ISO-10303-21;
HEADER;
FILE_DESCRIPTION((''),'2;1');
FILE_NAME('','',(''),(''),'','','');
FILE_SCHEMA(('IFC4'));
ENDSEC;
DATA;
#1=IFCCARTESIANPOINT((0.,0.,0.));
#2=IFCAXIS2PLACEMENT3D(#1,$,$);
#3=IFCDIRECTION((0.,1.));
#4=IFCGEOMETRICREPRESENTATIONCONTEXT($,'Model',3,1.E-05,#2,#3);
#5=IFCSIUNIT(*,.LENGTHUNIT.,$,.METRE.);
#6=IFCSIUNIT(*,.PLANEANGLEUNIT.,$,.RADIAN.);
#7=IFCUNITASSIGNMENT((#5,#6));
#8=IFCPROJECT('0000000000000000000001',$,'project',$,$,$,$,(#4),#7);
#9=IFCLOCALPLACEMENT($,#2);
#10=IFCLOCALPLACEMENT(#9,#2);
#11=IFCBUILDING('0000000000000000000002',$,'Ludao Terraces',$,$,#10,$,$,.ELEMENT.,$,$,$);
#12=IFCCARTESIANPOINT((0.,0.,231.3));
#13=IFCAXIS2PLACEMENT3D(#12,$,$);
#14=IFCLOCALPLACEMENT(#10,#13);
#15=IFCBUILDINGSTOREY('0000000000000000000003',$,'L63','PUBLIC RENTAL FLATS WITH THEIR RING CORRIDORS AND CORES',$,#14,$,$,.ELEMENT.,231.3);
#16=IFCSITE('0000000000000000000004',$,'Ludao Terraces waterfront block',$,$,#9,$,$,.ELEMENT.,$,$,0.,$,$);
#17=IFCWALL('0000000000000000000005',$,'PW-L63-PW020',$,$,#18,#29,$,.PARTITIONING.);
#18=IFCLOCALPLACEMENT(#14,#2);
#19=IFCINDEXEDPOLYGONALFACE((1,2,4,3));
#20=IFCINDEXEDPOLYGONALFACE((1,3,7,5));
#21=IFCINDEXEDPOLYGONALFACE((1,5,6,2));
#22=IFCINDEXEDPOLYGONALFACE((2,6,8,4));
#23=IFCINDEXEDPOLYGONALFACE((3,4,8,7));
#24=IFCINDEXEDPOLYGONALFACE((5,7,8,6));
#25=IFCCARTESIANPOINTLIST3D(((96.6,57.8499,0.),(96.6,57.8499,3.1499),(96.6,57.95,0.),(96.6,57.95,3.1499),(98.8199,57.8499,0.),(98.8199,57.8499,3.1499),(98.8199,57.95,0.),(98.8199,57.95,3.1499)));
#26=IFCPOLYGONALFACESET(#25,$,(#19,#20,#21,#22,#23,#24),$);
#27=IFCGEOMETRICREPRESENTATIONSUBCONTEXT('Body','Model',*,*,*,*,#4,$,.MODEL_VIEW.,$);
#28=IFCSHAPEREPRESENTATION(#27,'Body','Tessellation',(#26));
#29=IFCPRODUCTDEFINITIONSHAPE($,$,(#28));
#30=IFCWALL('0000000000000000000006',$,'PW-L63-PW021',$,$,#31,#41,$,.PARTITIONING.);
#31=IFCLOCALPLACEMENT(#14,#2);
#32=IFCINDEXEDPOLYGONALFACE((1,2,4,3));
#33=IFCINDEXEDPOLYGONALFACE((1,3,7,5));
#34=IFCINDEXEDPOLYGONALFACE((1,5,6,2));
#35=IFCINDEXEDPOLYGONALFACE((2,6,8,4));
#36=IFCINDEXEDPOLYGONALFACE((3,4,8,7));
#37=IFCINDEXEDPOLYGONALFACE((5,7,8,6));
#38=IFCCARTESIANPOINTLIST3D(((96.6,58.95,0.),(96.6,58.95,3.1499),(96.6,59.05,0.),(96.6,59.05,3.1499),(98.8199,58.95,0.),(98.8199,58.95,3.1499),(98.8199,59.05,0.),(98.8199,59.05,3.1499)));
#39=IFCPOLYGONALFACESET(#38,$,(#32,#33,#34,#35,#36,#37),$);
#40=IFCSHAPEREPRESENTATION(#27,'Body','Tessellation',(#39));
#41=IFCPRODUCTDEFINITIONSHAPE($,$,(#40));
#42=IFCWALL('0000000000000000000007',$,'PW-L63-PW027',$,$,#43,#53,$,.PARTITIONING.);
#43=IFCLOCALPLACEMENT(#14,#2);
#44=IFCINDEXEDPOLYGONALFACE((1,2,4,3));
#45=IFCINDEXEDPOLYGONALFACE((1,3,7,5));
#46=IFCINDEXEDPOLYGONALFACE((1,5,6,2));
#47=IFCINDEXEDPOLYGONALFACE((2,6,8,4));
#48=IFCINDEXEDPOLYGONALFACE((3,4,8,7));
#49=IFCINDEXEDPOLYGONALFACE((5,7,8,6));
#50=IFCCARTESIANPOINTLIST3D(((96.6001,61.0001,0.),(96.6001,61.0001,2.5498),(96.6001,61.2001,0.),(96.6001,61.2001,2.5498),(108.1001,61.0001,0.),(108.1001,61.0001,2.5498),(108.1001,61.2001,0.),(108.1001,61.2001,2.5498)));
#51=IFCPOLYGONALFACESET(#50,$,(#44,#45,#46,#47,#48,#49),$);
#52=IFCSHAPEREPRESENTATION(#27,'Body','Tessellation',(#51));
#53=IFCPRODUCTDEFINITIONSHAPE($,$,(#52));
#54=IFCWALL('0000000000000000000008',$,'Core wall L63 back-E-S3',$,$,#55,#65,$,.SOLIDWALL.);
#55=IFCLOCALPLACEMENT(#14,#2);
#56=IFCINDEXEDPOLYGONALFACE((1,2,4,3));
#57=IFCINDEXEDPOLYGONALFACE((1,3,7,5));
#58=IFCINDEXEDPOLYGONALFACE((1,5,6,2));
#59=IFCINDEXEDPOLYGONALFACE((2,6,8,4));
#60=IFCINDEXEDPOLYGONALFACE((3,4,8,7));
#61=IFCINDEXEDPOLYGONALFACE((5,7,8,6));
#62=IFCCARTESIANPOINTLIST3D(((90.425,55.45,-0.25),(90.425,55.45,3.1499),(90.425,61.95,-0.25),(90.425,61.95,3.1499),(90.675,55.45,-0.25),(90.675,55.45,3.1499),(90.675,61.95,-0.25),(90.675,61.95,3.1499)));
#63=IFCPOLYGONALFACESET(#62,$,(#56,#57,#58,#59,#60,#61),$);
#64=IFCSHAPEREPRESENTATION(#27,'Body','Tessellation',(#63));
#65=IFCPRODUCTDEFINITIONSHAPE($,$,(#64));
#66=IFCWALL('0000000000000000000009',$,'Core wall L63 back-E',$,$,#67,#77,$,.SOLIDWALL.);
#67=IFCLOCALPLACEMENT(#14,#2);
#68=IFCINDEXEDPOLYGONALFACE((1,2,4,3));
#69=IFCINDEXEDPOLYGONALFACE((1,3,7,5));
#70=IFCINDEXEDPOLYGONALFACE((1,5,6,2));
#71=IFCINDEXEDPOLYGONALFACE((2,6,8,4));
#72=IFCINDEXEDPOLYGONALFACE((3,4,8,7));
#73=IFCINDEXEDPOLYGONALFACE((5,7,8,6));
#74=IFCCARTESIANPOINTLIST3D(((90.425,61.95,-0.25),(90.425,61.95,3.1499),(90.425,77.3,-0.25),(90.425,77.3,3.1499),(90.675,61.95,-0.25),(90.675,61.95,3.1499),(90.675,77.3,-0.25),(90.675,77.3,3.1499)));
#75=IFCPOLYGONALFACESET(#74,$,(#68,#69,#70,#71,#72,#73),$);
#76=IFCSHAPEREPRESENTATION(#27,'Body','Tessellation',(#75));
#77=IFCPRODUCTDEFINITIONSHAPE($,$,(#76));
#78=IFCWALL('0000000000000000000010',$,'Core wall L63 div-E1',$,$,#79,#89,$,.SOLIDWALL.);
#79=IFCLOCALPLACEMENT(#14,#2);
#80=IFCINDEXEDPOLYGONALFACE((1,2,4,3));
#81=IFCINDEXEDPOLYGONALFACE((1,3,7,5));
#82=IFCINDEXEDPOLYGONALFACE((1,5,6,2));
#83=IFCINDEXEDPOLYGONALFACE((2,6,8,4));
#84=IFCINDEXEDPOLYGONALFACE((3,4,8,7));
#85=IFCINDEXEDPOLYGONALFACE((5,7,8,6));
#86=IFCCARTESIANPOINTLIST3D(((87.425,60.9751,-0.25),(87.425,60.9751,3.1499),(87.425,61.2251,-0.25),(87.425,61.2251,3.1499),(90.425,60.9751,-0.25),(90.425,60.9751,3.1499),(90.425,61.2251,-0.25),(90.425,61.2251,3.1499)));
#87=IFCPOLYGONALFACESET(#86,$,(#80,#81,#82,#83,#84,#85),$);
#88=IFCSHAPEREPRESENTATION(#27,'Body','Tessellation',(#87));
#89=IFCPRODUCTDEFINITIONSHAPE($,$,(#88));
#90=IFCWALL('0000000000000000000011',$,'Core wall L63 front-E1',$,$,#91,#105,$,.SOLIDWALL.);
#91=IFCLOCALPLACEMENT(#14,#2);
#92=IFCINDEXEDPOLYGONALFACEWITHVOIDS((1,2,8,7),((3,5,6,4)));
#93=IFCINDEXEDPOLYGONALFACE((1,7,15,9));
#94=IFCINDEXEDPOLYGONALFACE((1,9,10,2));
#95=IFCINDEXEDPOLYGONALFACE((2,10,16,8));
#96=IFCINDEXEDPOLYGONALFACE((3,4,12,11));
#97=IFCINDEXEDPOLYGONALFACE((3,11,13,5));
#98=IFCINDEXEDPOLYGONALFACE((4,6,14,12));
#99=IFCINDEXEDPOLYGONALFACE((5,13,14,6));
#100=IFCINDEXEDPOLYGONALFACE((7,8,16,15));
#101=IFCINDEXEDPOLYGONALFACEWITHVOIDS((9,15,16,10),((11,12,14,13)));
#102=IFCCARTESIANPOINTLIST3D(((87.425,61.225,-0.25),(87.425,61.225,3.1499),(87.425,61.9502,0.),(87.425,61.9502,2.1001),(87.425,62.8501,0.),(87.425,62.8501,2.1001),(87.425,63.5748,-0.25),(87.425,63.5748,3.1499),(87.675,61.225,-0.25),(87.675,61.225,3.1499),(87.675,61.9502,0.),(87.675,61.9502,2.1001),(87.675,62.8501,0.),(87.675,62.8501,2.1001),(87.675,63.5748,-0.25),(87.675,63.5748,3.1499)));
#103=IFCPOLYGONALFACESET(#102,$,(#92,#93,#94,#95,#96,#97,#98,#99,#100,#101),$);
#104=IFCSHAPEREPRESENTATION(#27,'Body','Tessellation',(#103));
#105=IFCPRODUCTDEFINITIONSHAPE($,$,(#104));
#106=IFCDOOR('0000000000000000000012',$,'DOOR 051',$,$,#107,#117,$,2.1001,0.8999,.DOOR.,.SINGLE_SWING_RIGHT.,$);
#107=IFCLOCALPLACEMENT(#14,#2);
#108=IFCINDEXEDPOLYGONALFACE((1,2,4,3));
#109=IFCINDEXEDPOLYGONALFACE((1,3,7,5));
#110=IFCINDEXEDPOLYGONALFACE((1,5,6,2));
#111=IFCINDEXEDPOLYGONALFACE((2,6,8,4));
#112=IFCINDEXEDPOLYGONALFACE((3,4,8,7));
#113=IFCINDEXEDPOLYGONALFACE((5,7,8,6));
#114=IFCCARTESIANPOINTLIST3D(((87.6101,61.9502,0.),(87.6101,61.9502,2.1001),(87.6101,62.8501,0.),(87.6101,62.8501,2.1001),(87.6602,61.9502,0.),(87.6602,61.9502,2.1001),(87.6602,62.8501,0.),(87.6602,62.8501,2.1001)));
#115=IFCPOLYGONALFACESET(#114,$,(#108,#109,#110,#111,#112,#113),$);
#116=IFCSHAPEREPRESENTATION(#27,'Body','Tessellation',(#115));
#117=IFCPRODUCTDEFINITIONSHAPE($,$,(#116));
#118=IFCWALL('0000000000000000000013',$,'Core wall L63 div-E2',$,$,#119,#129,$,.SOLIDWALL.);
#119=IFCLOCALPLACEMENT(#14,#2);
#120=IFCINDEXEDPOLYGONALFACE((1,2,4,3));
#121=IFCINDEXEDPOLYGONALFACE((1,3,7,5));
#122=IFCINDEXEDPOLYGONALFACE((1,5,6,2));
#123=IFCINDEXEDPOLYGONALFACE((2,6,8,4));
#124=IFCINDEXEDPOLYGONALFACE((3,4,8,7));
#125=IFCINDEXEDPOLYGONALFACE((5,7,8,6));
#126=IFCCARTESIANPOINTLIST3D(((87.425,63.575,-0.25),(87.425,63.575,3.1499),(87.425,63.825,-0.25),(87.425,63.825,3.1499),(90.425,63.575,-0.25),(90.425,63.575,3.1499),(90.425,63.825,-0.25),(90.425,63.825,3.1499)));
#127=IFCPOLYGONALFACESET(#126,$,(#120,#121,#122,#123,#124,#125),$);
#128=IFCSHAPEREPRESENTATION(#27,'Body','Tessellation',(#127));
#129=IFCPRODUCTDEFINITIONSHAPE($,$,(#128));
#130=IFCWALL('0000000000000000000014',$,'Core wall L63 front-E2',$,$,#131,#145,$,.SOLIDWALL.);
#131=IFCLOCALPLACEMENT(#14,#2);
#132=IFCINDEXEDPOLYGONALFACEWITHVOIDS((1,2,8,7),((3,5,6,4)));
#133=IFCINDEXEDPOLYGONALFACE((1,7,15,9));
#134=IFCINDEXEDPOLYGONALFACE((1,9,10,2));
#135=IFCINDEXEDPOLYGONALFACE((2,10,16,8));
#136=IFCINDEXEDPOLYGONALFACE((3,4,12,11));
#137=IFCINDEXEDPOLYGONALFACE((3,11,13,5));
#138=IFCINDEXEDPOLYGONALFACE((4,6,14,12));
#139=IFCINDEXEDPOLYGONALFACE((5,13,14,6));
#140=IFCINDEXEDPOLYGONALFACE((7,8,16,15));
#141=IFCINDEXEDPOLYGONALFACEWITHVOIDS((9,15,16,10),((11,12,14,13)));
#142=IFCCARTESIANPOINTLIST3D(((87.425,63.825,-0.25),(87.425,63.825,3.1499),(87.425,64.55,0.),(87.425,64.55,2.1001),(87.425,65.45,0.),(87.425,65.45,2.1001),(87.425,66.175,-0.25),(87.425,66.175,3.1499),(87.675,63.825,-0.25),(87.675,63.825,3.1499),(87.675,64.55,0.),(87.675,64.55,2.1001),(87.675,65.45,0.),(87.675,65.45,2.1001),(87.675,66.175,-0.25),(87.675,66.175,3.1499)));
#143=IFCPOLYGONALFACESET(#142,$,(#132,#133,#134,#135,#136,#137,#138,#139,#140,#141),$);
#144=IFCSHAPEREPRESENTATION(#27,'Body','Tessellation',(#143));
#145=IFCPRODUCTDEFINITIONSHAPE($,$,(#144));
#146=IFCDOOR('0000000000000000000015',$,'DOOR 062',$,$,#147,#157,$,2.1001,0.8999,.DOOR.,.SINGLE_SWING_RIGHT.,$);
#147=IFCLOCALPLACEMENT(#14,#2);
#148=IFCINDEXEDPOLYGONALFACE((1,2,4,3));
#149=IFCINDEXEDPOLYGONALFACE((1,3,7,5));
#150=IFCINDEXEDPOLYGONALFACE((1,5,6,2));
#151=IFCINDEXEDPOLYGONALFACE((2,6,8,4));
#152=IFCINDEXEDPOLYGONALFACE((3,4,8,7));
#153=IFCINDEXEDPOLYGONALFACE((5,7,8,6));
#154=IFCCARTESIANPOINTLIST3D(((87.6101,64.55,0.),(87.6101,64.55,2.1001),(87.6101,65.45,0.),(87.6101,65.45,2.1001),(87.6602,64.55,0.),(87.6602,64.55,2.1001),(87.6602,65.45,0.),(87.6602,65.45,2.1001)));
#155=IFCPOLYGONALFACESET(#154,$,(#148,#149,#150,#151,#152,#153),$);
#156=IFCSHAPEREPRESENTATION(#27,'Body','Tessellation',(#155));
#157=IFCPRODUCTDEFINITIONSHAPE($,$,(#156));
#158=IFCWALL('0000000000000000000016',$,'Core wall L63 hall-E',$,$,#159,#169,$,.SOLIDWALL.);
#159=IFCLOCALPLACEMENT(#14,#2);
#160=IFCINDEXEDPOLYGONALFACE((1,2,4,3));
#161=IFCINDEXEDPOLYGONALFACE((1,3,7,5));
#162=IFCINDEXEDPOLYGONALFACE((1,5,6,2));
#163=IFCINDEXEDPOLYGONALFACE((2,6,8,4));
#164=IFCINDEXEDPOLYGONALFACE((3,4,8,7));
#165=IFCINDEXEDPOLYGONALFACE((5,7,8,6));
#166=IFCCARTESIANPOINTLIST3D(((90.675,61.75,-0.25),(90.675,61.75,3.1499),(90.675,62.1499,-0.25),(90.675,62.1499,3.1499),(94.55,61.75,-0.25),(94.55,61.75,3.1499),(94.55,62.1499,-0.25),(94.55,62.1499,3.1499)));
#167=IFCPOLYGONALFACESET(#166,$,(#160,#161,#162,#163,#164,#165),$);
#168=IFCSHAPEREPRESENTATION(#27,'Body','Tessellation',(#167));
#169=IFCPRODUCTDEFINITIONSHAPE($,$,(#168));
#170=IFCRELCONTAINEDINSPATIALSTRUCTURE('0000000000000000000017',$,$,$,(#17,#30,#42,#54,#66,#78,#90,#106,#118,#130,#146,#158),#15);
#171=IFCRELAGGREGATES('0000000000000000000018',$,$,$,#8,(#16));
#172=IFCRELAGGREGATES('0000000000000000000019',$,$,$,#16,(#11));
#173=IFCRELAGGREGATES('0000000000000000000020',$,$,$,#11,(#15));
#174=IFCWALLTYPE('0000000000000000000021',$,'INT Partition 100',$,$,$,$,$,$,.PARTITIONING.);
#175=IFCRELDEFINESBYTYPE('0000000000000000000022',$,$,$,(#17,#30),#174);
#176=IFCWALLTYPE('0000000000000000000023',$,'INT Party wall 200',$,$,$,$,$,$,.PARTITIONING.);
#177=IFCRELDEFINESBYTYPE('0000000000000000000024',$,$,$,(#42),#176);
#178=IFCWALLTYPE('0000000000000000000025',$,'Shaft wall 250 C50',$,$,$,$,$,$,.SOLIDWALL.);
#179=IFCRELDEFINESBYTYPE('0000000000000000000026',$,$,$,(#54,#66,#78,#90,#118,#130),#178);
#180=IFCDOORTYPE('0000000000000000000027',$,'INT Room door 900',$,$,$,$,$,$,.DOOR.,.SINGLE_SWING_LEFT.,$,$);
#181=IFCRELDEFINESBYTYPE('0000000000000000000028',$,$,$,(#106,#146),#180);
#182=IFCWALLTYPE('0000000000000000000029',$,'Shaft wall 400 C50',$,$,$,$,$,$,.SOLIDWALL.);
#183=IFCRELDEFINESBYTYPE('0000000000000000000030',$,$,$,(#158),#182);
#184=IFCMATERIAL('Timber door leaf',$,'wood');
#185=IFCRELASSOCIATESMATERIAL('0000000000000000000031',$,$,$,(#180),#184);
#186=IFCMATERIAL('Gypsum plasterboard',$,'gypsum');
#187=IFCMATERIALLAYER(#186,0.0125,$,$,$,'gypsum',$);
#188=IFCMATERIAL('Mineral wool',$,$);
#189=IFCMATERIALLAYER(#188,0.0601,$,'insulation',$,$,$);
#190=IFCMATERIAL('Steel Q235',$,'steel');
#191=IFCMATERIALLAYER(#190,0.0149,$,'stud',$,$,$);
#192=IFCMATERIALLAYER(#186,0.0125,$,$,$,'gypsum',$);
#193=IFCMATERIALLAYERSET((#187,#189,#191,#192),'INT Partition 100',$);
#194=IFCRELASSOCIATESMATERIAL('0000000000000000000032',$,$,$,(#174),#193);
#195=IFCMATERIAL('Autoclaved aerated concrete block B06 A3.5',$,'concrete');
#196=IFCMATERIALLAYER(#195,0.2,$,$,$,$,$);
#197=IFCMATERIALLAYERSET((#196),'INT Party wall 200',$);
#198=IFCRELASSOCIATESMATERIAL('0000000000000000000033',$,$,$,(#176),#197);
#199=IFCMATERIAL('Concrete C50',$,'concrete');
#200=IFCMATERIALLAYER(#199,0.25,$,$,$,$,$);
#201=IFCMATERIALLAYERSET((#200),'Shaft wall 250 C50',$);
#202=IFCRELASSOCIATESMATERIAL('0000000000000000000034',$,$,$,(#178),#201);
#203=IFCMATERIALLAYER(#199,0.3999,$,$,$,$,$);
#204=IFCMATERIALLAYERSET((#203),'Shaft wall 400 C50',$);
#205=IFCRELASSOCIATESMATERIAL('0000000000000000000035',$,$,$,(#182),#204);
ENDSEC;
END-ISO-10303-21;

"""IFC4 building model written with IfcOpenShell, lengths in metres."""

from ifc_helpers import new_model, si_unit, direction, frame, frame_2d, origin, place, context, subcontext, project, spatial, rectangle, extrude, material, layer, layer_set, type_object, element, fill, save


model = new_model("IFC4")

# Units and contexts
model_context = context("Model", 3, precision=1e-05, world=origin(), true_north=direction((0.0, 1.0)))
body_context = subcontext(model_context, "Body", "Model", "MODEL_VIEW")
ifc_project = project(units=[si_unit("LENGTHUNIT", "METRE"), si_unit("PLANEANGLEUNIT", "RADIAN")], contexts=[model_context])

# Site, building, storey
site_placement = place(None, origin())
site = spatial("IfcSite", under=ifc_project, at=site_placement, Name="Ludao Terraces waterfront block", CompositionType="ELEMENT", RefElevation=0.0)
building_placement = place(site_placement, origin())
building = spatial("IfcBuilding", under=site, at=building_placement, Name="Ludao Terraces", CompositionType="ELEMENT")
storey_placement = place(building_placement, frame((0.0, 0.0, 231.3)))
storey = spatial("IfcBuildingStorey", under=building, at=storey_placement, Name="L63", Description="PUBLIC RENTAL FLATS WITH THEIR RING CORRIDORS AND CORES", CompositionType="ELEMENT", Elevation=231.3)

# Shared definitions
ifc_material_1 = material(Name="Concrete C50", Category="concrete")
ifc_material_2 = material(Name="Steel Q235", Category="steel")
ifc_material_3 = material(Name="Timber door leaf", Category="wood")
door_type_1 = type_object("IfcDoorType", Name="INT Room door 900", OperationType="SINGLE_SWING_LEFT", PredefinedType="DOOR", material=ifc_material_3)

# Shared definitions
ifc_material_4 = material(Name="Mineral wool")

# Walls
ifc_material_5 = material(Name="Gypsum plasterboard", Category="gypsum")
ifc_layer_1 = layer(ifc_material_5, 0.0125, Category="gypsum")
ifc_layer_2 = layer(ifc_material_4, 0.0601, Name="insulation")
ifc_layer_3 = layer(ifc_material_2, 0.0149, Name="stud")
ifc_layer_4 = layer(ifc_material_5, 0.0125, Category="gypsum")
ifc_layer_set_1 = layer_set([ifc_layer_1, ifc_layer_2, ifc_layer_3, ifc_layer_4], Name="INT Partition 100")
wall_type_1 = type_object("IfcWallType", Name="INT Partition 100", PredefinedType="PARTITIONING", material=ifc_layer_set_1)
for number, where, z_axis, x_axis, name in (
    (1, (96.6001, 57.8999, 0.0), (0.0, 0.0, 1.0), (1.0, 0.0, 0.0), "PW-L63-PW020"),
    (2, (96.6001, 59.0, 0.0), (0.0, 0.0, 1.0), (1.0, 0.0, 0.0), "PW-L63-PW021"),
):
    element("IfcWall", number, at=place(storey_placement, frame(where, z_axis=z_axis, x_axis=x_axis)), inside=storey, type_object=wall_type_1, Name=name, PredefinedType="PARTITIONING", context=body_context, shape_type="SweptSolid", body=[
        extrude(rectangle(XDim=2.22, YDim=0.1001, at=frame_2d((1.1099, 0.0))), origin(), (0.0, 0.0, 1.0), 3.1499),
    ])
ifc_material_6 = material(Name="Autoclaved aerated concrete block B06 A3.5", Category="concrete")
ifc_layer_5 = layer(ifc_material_6, 0.2)
ifc_layer_set_2 = layer_set([ifc_layer_5], Name="INT Party wall 200")
wall_type_2 = type_object("IfcWallType", Name="INT Party wall 200", PredefinedType="PARTITIONING", material=ifc_layer_set_2)
wall_1_placement = place(storey_placement, frame((96.6001, 61.1001, 0.0), z_axis=(0.0, 0.0, 1.0), x_axis=(1.0, 0.0, 0.0)))
element("IfcWall", 3, at=wall_1_placement, inside=storey, type_object=wall_type_2, Name="PW-L63-PW027", PredefinedType="PARTITIONING", context=body_context, shape_type="SweptSolid", body=[
    extrude(rectangle(XDim=11.5, YDim=0.2, at=frame_2d((5.75, 0.0))), origin(), (0.0, 0.0, 1.0), 2.5498),
])
ifc_layer_6 = layer(ifc_material_1, 0.25)
ifc_layer_set_3 = layer_set([ifc_layer_6], Name="Shaft wall 250 C50")
wall_type_3 = type_object("IfcWallType", Name="Shaft wall 250 C50", PredefinedType="SOLIDWALL", material=ifc_layer_set_3)
wall_2_placement = place(storey_placement, frame((90.55, 55.45, -0.25), z_axis=(0.0, 0.0, 1.0), x_axis=(0.0, 1.0, 0.0)))
element("IfcWall", 4, at=wall_2_placement, inside=storey, type_object=wall_type_3, Name="Core wall L63 back-E-S3", PredefinedType="SOLIDWALL", context=body_context, shape_type="SweptSolid", body=[
    extrude(rectangle(XDim=6.5, YDim=0.25, at=frame_2d((3.25, 0.0))), origin(), (0.0, 0.0, 1.0), 3.3999),
])
wall_3_placement = place(storey_placement, frame((90.55, 61.95, -0.25), z_axis=(0.0, 0.0, 1.0), x_axis=(0.0, 1.0, 0.0)))
element("IfcWall", 5, at=wall_3_placement, inside=storey, type_object=wall_type_3, Name="Core wall L63 back-E", PredefinedType="SOLIDWALL", context=body_context, shape_type="SweptSolid", body=[
    extrude(rectangle(XDim=15.3501, YDim=0.25, at=frame_2d((7.675, 0.0))), origin(), (0.0, 0.0, 1.0), 3.3999),
])
wall_4_placement = place(storey_placement, frame((87.425, 61.1001, -0.25), z_axis=(0.0, 0.0, 1.0), x_axis=(1.0, 0.0, 0.0)))
element("IfcWall", 6, at=wall_4_placement, inside=storey, type_object=wall_type_3, Name="Core wall L63 div-E1", PredefinedType="SOLIDWALL", context=body_context, shape_type="SweptSolid", body=[
    extrude(rectangle(XDim=3.0, YDim=0.25, at=frame_2d((1.5, 0.0))), origin(), (0.0, 0.0, 1.0), 3.3999),
])

# Wall, opening, door
wall_5_placement = place(storey_placement, frame((87.55, 61.2251, -0.25), z_axis=(0.0, 0.0, 1.0), x_axis=(0.0, 1.0, 0.0)))
wall_5 = element("IfcWall", 7, at=wall_5_placement, inside=storey, type_object=wall_type_3, Name="Core wall L63 front-E1", PredefinedType="SOLIDWALL", context=body_context, shape_type="SweptSolid", body=[
    extrude(rectangle(XDim=2.3499, YDim=0.25, at=frame_2d((1.1748, 0.0))), origin(), (0.0, 0.0, 1.0), 3.3999),
])
opening_1_placement = place(wall_5_placement, frame((0.7251, 0.0, 0.25)))
opening_1 = element("IfcOpeningElement", 8, at=opening_1_placement, cuts=wall_5, PredefinedType="OPENING", context=body_context, shape_type="SweptSolid", body=[
    extrude(rectangle(XDim=0.8999, YDim=2.1001, at=frame_2d((0.45, 1.05))), frame((0.0, 0.135, 0.0), z_axis=(0.0, -1.0, 0.0), x_axis=(1.0, 0.0, 0.0)), (0.0, 0.0, 1.0), 0.27),
])
door_1_placement = place(opening_1_placement, origin())
door_1 = element("IfcDoor", 9, at=door_1_placement, inside=storey, type_object=door_type_1, Name="DOOR 051", OperationType="SINGLE_SWING_RIGHT", OverallHeight=2.1001, OverallWidth=0.8999, PredefinedType="DOOR", context=body_context, shape_type="SweptSolid", body=[
    extrude(rectangle(XDim=0.8999, YDim=2.1001, at=frame_2d((0.45, 1.05))), frame((0.0, -0.0601, 0.0), z_axis=(0.0, -1.0, 0.0), x_axis=(1.0, 0.0, 0.0)), (0.0, 0.0, 1.0), 0.05),
])
fill(opening_1, door_1)

# Wall
wall_6_placement = place(storey_placement, frame((87.425, 63.7, -0.25), z_axis=(0.0, 0.0, 1.0), x_axis=(1.0, 0.0, 0.0)))
element("IfcWall", 10, at=wall_6_placement, inside=storey, type_object=wall_type_3, Name="Core wall L63 div-E2", PredefinedType="SOLIDWALL", context=body_context, shape_type="SweptSolid", body=[
    extrude(rectangle(XDim=3.0, YDim=0.25, at=frame_2d((1.5, 0.0))), origin(), (0.0, 0.0, 1.0), 3.3999),
])

# Wall, opening, door
wall_7_placement = place(storey_placement, frame((87.55, 63.825, -0.25), z_axis=(0.0, 0.0, 1.0), x_axis=(0.0, 1.0, 0.0)))
wall_7 = element("IfcWall", 11, at=wall_7_placement, inside=storey, type_object=wall_type_3, Name="Core wall L63 front-E2", PredefinedType="SOLIDWALL", context=body_context, shape_type="SweptSolid", body=[
    extrude(rectangle(XDim=2.3501, YDim=0.25, at=frame_2d((1.175, 0.0))), origin(), (0.0, 0.0, 1.0), 3.3999),
])
opening_2_placement = place(wall_7_placement, frame((0.7251, 0.0, 0.25)))
opening_2 = element("IfcOpeningElement", 12, at=opening_2_placement, cuts=wall_7, PredefinedType="OPENING", context=body_context, shape_type="SweptSolid", body=[
    extrude(rectangle(XDim=0.8999, YDim=2.1001, at=frame_2d((0.45, 1.05))), frame((0.0, 0.135, 0.0), z_axis=(0.0, -1.0, 0.0), x_axis=(1.0, 0.0, 0.0)), (0.0, 0.0, 1.0), 0.27),
])
door_2_placement = place(opening_2_placement, origin())
door_2 = element("IfcDoor", 13, at=door_2_placement, inside=storey, type_object=door_type_1, Name="DOOR 062", OperationType="SINGLE_SWING_RIGHT", OverallHeight=2.1001, OverallWidth=0.8999, PredefinedType="DOOR", context=body_context, shape_type="SweptSolid", body=[
    extrude(rectangle(XDim=0.8999, YDim=2.1001, at=frame_2d((0.45, 1.05))), frame((0.0, -0.0601, 0.0), z_axis=(0.0, -1.0, 0.0), x_axis=(1.0, 0.0, 0.0)), (0.0, 0.0, 1.0), 0.05),
])
fill(opening_2, door_2)

# Wall
ifc_layer_7 = layer(ifc_material_1, 0.3999)
ifc_layer_set_4 = layer_set([ifc_layer_7], Name="Shaft wall 400 C50")
wall_type_4 = type_object("IfcWallType", Name="Shaft wall 400 C50", PredefinedType="SOLIDWALL", material=ifc_layer_set_4)
wall_8_placement = place(storey_placement, frame((90.675, 61.95, -0.25), z_axis=(0.0, 0.0, 1.0), x_axis=(1.0, 0.0, 0.0)))
element("IfcWall", 14, at=wall_8_placement, inside=storey, type_object=wall_type_4, Name="Core wall L63 hall-E", PredefinedType="SOLIDWALL", context=body_context, shape_type="SweptSolid", body=[
    extrude(rectangle(XDim=3.875, YDim=0.3999, at=frame_2d((1.9375, 0.0))), origin(), (0.0, 0.0, 1.0), 3.3999),
])

save(model, "model.ifc")
